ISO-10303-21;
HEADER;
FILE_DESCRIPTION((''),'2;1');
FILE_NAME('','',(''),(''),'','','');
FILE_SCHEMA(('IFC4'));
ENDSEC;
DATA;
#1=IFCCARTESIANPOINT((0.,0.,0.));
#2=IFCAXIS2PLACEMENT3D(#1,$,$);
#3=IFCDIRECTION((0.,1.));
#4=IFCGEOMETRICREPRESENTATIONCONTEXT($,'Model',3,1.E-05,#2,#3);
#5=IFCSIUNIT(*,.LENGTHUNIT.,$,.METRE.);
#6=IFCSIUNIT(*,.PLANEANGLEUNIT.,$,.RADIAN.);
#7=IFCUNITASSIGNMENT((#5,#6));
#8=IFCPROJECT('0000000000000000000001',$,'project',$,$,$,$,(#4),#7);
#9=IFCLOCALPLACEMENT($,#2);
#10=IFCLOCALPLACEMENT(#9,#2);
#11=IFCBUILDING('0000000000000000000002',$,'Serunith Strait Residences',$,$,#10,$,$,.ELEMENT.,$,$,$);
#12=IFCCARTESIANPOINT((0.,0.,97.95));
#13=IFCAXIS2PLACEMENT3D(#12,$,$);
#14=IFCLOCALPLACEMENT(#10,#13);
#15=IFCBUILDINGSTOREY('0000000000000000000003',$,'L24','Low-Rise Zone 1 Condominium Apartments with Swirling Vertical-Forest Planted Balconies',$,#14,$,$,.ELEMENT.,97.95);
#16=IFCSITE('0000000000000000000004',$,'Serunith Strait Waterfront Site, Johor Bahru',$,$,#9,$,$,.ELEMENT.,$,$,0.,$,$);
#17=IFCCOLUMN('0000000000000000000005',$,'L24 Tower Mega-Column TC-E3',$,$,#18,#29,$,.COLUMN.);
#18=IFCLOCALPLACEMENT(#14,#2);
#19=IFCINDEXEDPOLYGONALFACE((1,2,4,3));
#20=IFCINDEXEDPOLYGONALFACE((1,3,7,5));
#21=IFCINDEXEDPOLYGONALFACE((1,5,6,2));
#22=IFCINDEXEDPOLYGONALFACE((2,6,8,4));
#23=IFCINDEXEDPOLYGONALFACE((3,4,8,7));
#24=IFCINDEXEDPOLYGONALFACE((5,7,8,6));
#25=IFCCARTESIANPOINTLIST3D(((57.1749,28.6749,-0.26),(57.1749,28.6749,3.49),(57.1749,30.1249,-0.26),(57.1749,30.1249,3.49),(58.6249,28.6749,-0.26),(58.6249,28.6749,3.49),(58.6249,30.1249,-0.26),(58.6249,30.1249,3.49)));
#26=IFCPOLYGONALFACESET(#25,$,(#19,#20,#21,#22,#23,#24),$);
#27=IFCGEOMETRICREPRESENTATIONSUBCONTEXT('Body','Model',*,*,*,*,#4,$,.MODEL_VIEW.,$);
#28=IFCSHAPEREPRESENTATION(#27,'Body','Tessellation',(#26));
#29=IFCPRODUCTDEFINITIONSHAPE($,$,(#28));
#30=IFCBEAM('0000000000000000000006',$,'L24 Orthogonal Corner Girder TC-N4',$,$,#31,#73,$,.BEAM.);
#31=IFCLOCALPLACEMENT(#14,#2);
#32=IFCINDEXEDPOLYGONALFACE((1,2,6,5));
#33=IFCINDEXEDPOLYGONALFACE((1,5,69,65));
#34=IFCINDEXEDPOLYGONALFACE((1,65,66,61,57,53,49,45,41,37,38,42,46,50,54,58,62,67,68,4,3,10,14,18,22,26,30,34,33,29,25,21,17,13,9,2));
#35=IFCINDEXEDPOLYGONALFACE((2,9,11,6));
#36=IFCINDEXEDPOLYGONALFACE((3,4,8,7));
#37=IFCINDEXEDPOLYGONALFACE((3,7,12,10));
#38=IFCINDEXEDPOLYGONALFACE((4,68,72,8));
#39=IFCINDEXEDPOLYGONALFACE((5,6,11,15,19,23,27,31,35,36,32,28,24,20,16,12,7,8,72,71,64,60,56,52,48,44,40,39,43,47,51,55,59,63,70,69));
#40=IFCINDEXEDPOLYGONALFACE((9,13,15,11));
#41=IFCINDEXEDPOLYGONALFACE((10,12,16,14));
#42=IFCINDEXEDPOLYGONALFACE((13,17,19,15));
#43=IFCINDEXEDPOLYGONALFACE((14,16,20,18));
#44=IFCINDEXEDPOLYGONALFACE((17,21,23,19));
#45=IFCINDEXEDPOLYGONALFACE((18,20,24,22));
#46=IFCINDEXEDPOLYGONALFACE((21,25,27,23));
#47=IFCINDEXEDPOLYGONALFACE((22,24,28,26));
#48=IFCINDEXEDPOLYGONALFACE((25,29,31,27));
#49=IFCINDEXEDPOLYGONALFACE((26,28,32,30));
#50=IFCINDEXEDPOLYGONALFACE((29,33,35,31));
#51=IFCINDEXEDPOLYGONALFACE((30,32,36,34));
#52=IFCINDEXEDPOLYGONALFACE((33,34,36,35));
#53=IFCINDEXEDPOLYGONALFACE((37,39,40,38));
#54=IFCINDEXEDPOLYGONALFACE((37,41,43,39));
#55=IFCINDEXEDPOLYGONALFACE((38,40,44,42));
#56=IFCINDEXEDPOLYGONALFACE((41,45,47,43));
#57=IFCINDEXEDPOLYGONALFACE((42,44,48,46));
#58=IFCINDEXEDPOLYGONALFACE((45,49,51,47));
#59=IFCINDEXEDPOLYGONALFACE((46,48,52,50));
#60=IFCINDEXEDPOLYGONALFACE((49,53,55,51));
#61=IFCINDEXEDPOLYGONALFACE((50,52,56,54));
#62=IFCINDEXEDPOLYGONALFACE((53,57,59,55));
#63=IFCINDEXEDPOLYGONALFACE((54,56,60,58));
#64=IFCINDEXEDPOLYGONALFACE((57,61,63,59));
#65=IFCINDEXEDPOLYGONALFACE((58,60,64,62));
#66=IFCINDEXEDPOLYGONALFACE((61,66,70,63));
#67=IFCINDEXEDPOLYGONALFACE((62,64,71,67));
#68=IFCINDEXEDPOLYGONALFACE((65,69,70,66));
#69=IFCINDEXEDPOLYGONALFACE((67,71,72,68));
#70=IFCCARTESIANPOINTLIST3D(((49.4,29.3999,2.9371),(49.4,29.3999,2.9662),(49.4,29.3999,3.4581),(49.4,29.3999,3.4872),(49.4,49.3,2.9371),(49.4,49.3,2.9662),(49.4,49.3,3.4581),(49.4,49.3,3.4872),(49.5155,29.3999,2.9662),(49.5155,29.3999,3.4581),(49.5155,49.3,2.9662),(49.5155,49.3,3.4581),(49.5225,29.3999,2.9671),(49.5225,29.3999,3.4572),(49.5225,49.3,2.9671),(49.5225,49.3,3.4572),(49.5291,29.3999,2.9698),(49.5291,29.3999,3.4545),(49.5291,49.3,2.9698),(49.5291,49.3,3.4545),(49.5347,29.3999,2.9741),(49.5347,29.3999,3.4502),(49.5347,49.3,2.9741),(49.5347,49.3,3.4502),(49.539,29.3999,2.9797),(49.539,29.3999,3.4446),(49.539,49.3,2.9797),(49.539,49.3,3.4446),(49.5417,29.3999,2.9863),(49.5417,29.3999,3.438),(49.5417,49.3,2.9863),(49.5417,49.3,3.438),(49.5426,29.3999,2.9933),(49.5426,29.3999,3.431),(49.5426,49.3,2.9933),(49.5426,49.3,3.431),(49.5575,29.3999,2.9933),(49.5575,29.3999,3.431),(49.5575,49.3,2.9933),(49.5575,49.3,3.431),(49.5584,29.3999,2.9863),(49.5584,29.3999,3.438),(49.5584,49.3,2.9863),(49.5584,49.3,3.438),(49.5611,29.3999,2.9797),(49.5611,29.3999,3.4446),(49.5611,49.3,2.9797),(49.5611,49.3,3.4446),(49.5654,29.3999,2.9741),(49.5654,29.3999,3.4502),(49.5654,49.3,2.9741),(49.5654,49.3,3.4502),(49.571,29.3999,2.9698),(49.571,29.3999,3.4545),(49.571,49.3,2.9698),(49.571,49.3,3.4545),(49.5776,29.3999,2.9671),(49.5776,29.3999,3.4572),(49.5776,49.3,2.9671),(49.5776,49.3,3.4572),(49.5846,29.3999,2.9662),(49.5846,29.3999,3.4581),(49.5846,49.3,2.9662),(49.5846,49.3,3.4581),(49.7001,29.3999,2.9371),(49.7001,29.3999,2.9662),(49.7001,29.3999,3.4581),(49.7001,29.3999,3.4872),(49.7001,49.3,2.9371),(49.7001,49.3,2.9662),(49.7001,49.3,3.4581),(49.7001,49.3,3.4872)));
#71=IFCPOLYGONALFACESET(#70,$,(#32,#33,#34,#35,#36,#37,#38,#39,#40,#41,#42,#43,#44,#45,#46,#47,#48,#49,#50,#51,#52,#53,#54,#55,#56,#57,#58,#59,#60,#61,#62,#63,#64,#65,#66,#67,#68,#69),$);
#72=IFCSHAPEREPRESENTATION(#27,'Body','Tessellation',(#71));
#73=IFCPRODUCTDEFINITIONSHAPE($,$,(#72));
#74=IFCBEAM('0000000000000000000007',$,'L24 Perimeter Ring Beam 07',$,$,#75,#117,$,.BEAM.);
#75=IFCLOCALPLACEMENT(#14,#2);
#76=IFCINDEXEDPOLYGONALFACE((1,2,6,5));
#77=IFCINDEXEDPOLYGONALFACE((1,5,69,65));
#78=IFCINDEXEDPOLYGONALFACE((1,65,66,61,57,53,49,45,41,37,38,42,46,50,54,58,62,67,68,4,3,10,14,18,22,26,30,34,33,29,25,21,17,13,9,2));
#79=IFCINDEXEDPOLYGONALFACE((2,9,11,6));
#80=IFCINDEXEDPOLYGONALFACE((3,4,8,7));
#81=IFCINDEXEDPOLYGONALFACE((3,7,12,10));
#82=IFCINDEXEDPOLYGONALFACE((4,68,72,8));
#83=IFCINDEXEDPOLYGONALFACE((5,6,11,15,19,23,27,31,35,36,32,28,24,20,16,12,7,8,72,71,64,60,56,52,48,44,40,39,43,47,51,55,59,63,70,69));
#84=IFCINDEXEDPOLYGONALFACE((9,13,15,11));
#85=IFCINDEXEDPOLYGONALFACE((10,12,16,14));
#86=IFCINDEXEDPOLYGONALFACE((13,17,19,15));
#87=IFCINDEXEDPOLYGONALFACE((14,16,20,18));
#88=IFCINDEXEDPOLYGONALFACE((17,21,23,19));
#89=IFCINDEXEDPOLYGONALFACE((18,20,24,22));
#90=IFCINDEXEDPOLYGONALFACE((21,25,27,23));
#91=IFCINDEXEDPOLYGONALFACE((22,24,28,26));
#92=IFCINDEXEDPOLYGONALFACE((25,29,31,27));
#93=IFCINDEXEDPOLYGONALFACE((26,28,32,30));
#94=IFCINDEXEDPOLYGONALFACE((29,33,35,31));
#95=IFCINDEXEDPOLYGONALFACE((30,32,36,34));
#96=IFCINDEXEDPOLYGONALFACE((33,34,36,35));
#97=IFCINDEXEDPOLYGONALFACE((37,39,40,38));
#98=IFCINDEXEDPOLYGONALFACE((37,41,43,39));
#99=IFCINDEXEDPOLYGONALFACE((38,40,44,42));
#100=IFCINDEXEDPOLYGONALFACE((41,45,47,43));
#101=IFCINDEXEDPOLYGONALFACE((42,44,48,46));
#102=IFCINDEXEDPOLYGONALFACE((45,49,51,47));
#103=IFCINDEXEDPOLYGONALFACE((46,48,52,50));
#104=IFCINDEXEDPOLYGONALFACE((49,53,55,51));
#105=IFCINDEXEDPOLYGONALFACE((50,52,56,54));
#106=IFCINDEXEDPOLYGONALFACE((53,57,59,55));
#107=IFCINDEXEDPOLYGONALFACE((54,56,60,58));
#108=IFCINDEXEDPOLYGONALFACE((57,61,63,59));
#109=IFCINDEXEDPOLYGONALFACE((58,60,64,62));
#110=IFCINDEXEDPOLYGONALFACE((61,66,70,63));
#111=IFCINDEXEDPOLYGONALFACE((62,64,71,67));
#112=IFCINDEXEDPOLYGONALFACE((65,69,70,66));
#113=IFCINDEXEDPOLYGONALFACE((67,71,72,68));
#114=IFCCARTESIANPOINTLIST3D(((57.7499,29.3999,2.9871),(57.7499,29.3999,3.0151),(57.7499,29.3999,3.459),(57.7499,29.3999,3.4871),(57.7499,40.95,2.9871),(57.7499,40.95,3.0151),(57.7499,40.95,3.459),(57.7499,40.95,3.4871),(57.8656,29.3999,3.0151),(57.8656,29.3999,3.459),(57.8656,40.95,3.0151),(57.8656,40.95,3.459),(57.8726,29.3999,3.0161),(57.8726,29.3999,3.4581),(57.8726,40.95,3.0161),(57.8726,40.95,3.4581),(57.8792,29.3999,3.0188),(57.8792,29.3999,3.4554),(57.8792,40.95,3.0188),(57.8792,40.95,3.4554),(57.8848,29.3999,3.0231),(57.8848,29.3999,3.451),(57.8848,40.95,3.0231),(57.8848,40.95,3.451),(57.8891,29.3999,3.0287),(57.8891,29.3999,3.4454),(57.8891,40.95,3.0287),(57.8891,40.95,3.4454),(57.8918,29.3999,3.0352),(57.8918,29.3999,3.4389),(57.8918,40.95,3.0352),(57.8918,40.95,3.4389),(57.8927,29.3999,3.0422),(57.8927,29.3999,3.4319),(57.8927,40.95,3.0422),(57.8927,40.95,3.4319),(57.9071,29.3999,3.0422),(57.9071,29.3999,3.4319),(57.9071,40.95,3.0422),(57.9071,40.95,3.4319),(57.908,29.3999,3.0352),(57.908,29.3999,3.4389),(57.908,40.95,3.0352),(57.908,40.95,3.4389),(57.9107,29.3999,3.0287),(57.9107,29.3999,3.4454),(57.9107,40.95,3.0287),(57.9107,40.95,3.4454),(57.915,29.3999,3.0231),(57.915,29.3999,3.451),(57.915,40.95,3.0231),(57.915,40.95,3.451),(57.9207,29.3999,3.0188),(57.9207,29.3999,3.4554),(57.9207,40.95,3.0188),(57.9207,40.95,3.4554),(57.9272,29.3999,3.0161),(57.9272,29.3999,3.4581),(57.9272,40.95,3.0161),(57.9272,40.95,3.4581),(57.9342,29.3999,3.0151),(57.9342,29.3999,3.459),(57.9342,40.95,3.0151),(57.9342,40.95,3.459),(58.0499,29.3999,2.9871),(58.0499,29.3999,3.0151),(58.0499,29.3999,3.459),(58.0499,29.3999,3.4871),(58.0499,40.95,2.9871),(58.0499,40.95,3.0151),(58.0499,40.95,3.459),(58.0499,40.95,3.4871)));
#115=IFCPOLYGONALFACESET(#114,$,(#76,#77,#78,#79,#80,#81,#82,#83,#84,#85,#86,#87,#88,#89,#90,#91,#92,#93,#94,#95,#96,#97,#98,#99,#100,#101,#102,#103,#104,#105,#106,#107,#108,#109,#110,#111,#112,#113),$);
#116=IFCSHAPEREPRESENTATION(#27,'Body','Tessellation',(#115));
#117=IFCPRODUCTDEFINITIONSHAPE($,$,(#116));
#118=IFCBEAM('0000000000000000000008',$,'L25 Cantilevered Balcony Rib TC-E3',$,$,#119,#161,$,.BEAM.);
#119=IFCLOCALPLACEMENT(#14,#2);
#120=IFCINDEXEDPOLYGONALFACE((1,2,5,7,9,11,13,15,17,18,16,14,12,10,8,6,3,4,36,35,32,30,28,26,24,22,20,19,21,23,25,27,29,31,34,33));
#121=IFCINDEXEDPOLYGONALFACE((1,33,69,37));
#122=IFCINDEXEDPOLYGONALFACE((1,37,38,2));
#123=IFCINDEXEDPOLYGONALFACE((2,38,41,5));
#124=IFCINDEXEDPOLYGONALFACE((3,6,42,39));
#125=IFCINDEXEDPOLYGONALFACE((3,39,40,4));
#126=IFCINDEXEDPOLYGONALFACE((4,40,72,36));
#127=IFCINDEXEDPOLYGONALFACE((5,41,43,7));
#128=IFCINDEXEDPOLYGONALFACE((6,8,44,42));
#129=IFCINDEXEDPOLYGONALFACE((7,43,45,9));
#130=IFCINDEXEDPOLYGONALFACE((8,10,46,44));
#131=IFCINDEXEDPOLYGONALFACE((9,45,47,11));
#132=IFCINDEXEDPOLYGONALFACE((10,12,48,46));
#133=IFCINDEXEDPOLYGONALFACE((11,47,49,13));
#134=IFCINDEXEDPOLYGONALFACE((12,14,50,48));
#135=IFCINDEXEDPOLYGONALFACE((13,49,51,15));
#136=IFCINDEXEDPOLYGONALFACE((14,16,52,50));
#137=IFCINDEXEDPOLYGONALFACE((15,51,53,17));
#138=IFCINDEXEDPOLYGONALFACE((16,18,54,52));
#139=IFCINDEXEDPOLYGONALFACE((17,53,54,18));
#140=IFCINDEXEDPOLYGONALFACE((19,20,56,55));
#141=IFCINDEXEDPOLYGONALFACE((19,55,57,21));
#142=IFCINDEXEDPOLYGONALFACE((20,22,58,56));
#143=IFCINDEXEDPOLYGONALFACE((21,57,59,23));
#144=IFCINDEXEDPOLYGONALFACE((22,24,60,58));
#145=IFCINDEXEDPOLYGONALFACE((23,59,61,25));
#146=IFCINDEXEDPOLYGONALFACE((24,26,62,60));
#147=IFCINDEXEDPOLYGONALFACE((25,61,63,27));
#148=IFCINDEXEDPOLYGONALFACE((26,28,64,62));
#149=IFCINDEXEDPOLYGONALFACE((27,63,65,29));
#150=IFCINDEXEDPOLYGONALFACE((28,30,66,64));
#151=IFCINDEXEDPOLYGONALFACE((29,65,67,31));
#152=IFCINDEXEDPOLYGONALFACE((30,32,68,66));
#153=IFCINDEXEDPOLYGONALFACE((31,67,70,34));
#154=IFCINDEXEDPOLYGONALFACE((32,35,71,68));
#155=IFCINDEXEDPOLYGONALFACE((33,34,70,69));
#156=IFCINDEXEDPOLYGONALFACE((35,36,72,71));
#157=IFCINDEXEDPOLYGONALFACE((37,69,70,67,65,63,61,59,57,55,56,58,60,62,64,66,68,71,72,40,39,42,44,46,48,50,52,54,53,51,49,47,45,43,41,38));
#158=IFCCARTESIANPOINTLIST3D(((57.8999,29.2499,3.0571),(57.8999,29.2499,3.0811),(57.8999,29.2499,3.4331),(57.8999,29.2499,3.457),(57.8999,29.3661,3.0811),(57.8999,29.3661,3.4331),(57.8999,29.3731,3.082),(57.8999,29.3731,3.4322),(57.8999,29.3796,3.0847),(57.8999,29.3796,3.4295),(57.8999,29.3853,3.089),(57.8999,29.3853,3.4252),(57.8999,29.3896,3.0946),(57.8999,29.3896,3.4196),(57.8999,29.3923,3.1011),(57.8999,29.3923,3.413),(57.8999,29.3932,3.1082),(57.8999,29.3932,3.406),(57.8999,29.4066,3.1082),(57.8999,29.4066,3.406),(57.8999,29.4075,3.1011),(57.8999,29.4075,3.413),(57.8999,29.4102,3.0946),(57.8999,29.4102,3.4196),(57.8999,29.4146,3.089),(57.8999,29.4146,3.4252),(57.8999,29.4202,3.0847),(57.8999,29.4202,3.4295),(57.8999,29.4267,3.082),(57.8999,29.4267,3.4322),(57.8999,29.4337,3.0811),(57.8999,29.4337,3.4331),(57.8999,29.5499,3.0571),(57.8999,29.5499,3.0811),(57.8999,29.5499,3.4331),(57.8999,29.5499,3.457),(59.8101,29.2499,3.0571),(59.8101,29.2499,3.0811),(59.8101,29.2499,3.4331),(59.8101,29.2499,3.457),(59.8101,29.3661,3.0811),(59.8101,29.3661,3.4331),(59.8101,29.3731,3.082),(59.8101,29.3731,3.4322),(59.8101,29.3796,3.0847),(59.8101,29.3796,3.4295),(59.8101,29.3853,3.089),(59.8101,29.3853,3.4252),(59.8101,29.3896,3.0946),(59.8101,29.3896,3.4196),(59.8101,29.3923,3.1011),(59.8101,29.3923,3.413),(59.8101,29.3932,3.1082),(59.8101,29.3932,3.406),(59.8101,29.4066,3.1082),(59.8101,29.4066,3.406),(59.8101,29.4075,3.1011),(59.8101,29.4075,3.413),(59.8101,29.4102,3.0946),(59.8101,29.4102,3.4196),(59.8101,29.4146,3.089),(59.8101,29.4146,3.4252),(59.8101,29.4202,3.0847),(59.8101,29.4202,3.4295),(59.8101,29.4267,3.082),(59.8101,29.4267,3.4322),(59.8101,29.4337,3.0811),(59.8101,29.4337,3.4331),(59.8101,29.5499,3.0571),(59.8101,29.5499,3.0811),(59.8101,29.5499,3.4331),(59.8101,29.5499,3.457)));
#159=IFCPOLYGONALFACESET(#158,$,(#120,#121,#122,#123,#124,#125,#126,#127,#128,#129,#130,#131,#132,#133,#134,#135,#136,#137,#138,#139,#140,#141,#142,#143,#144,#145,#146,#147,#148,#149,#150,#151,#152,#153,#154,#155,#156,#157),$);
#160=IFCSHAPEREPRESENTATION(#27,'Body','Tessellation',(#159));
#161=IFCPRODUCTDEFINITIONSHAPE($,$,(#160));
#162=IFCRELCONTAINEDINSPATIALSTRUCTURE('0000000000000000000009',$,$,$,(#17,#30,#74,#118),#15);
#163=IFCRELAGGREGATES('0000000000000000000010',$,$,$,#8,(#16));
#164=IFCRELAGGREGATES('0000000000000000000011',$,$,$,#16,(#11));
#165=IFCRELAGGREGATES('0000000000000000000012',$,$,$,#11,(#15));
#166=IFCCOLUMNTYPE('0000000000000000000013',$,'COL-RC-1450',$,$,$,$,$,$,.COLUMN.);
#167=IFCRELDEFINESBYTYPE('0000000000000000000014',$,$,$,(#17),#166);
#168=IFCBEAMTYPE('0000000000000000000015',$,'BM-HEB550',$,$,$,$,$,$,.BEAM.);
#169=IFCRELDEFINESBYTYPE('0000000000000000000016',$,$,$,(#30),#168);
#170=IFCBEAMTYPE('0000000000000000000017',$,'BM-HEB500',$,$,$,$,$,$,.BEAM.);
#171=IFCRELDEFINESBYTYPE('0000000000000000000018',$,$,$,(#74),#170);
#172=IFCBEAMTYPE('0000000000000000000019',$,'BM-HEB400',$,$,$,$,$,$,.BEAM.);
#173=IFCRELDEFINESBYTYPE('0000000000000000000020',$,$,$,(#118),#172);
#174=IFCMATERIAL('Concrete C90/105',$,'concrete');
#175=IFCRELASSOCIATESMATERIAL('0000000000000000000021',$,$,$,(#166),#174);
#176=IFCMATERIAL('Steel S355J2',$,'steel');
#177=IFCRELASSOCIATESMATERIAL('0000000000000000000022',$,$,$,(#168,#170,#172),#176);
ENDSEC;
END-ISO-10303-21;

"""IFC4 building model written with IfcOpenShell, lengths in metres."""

from ifc_helpers import new_model, si_unit, direction, frame, origin, origin_2d, place, context, subcontext, project, spatial, rectangle, i_section, extrude, source, transform, mapped, material, material_profile, profile_set, type_object, element, save


model = new_model("IFC4")

# Units and contexts
model_context = context("Model", 3, precision=1e-05, world=origin(), true_north=direction((0.0, 1.0)))
body_context = subcontext(model_context, "Body", "Model", "MODEL_VIEW")
ifc_project = project(units=[si_unit("LENGTHUNIT", "METRE"), si_unit("PLANEANGLEUNIT", "RADIAN")], contexts=[model_context])

# Site, building, storey
site_placement = place(None, origin())
site = spatial("IfcSite", under=ifc_project, at=site_placement, Name="Serunith Strait Waterfront Site, Johor Bahru", CompositionType="ELEMENT", RefElevation=0.0)
building_placement = place(site_placement, origin())
building = spatial("IfcBuilding", under=site, at=building_placement, Name="Serunith Strait Residences", CompositionType="ELEMENT")
storey_placement = place(building_placement, frame((0.0, 0.0, 97.95)))
storey = spatial("IfcBuildingStorey", under=building, at=storey_placement, Name="L24", Description="Low-Rise Zone 1 Condominium Apartments with Swirling Vertical-Forest Planted Balconies", CompositionType="ELEMENT", Elevation=97.95)

# Column
ifc_material_1 = material(Name="Concrete C90/105", Category="concrete")
ifc_material_profile_1 = material_profile(ifc_material_1, rectangle(XDim=1.45, YDim=1.45, at=origin_2d()), Name="RC 1450x1450")
ifc_profile_set_1 = profile_set([ifc_material_profile_1], Name="Concrete C90/105")
column_type = type_object("IfcColumnType", Name="COL-RC-1450", PredefinedType="COLUMN", material=ifc_profile_set_1)
shared_shape_1 = source(origin(), body_context, "Body", "SweptSolid", [
    extrude(rectangle(XDim=1.45, YDim=1.45, at=origin_2d()), origin(), (0.0, 0.0, 1.0), 3.75),
])
column_placement = place(storey_placement, frame((57.8999, 29.3999, -0.26), z_axis=(0.0, 0.0, 1.0), x_axis=(1.0, 0.0, 0.0)))
element("IfcColumn", 1, at=column_placement, inside=storey, type_object=column_type, Name="L24 Tower Mega-Column TC-E3", PredefinedType="COLUMN", context=body_context, shape_type="MappedRepresentation", body=[
    mapped(shared_shape_1, transform((0.0, 0.0, 0.0), scale=1.0)),
])

# Beams
ifc_material_2 = material(Name="Steel S355J2", Category="steel")
ifc_material_profile_2 = material_profile(ifc_material_2, i_section(OverallWidth=0.3, OverallDepth=0.55, WebThickness=0.0149, FlangeThickness=0.0291, FilletRadius=0.0271, at=origin_2d()), Name="HEB 550")
ifc_profile_set_2 = profile_set([ifc_material_profile_2], Name="Steel S355J2")
beam_type_1 = type_object("IfcBeamType", Name="BM-HEB550", PredefinedType="BEAM", material=ifc_profile_set_2)
shared_shape_2 = source(origin(), body_context, "Body", "SweptSolid", [
    extrude(i_section(OverallWidth=0.3, OverallDepth=0.55, WebThickness=0.0149, FlangeThickness=0.0291, FilletRadius=0.0271, at=origin_2d()), origin(), (0.0, 0.0, 1.0), 19.9001),
])
beam_1_placement = place(storey_placement, frame((49.55, 29.3999, 3.2122), z_axis=(0.0, 1.0, 0.0), x_axis=(-1.0, 0.0, 0.0)))
element("IfcBeam", 2, at=beam_1_placement, inside=storey, type_object=beam_type_1, Name="L24 Orthogonal Corner Girder TC-N4", PredefinedType="BEAM", context=body_context, shape_type="MappedRepresentation", body=[
    mapped(shared_shape_2, transform((0.0, 0.0, 0.0), scale=1.0)),
])
ifc_material_profile_3 = material_profile(ifc_material_2, i_section(OverallWidth=0.3, OverallDepth=0.5, WebThickness=0.0144, FlangeThickness=0.0281, FilletRadius=0.0271, at=origin_2d()), Name="HEB 500")
ifc_profile_set_3 = profile_set([ifc_material_profile_3], Name="Steel S355J2")
beam_type_2 = type_object("IfcBeamType", Name="BM-HEB500", PredefinedType="BEAM", material=ifc_profile_set_3)
shared_shape_3 = source(origin(), body_context, "Body", "SweptSolid", [
    extrude(i_section(OverallWidth=0.3, OverallDepth=0.5, WebThickness=0.0144, FlangeThickness=0.0281, FilletRadius=0.0271, at=origin_2d()), origin(), (0.0, 0.0, 1.0), 11.55),
])
beam_2_placement = place(storey_placement, frame((57.8999, 29.3999, 3.2371), z_axis=(0.0, 1.0, 0.0), x_axis=(-1.0, 0.0, 0.0)))
element("IfcBeam", 3, at=beam_2_placement, inside=storey, type_object=beam_type_2, Name="L24 Perimeter Ring Beam 07", PredefinedType="BEAM", context=body_context, shape_type="MappedRepresentation", body=[
    mapped(shared_shape_3, transform((0.0, 0.0, 0.0), scale=1.0)),
])
ifc_material_profile_4 = material_profile(ifc_material_2, i_section(OverallWidth=0.3, OverallDepth=0.3999, WebThickness=0.0134, FlangeThickness=0.0239, FilletRadius=0.0271, at=origin_2d()), Name="HEB 400")
ifc_profile_set_4 = profile_set([ifc_material_profile_4], Name="Steel S355J2")
beam_type_3 = type_object("IfcBeamType", Name="BM-HEB400", PredefinedType="BEAM", material=ifc_profile_set_4)
shared_shape_4 = source(origin(), body_context, "Body", "SweptSolid", [
    extrude(i_section(OverallWidth=0.3, OverallDepth=0.3999, WebThickness=0.0134, FlangeThickness=0.0239, FilletRadius=0.0271, at=origin_2d()), origin(), (0.0, 0.0, 1.0), 1.9102),
])
beam_3_placement = place(storey_placement, frame((57.8999, 29.3999, 3.2571), z_axis=(1.0, 0.0, 0.0), x_axis=(0.0, 1.0, 0.0)))
element("IfcBeam", 4, at=beam_3_placement, inside=storey, type_object=beam_type_3, Name="L25 Cantilevered Balcony Rib TC-E3", PredefinedType="BEAM", context=body_context, shape_type="MappedRepresentation", body=[
    mapped(shared_shape_4, transform((0.0, 0.0, 0.0), scale=1.0)),
])

save(model, "model.ifc")
